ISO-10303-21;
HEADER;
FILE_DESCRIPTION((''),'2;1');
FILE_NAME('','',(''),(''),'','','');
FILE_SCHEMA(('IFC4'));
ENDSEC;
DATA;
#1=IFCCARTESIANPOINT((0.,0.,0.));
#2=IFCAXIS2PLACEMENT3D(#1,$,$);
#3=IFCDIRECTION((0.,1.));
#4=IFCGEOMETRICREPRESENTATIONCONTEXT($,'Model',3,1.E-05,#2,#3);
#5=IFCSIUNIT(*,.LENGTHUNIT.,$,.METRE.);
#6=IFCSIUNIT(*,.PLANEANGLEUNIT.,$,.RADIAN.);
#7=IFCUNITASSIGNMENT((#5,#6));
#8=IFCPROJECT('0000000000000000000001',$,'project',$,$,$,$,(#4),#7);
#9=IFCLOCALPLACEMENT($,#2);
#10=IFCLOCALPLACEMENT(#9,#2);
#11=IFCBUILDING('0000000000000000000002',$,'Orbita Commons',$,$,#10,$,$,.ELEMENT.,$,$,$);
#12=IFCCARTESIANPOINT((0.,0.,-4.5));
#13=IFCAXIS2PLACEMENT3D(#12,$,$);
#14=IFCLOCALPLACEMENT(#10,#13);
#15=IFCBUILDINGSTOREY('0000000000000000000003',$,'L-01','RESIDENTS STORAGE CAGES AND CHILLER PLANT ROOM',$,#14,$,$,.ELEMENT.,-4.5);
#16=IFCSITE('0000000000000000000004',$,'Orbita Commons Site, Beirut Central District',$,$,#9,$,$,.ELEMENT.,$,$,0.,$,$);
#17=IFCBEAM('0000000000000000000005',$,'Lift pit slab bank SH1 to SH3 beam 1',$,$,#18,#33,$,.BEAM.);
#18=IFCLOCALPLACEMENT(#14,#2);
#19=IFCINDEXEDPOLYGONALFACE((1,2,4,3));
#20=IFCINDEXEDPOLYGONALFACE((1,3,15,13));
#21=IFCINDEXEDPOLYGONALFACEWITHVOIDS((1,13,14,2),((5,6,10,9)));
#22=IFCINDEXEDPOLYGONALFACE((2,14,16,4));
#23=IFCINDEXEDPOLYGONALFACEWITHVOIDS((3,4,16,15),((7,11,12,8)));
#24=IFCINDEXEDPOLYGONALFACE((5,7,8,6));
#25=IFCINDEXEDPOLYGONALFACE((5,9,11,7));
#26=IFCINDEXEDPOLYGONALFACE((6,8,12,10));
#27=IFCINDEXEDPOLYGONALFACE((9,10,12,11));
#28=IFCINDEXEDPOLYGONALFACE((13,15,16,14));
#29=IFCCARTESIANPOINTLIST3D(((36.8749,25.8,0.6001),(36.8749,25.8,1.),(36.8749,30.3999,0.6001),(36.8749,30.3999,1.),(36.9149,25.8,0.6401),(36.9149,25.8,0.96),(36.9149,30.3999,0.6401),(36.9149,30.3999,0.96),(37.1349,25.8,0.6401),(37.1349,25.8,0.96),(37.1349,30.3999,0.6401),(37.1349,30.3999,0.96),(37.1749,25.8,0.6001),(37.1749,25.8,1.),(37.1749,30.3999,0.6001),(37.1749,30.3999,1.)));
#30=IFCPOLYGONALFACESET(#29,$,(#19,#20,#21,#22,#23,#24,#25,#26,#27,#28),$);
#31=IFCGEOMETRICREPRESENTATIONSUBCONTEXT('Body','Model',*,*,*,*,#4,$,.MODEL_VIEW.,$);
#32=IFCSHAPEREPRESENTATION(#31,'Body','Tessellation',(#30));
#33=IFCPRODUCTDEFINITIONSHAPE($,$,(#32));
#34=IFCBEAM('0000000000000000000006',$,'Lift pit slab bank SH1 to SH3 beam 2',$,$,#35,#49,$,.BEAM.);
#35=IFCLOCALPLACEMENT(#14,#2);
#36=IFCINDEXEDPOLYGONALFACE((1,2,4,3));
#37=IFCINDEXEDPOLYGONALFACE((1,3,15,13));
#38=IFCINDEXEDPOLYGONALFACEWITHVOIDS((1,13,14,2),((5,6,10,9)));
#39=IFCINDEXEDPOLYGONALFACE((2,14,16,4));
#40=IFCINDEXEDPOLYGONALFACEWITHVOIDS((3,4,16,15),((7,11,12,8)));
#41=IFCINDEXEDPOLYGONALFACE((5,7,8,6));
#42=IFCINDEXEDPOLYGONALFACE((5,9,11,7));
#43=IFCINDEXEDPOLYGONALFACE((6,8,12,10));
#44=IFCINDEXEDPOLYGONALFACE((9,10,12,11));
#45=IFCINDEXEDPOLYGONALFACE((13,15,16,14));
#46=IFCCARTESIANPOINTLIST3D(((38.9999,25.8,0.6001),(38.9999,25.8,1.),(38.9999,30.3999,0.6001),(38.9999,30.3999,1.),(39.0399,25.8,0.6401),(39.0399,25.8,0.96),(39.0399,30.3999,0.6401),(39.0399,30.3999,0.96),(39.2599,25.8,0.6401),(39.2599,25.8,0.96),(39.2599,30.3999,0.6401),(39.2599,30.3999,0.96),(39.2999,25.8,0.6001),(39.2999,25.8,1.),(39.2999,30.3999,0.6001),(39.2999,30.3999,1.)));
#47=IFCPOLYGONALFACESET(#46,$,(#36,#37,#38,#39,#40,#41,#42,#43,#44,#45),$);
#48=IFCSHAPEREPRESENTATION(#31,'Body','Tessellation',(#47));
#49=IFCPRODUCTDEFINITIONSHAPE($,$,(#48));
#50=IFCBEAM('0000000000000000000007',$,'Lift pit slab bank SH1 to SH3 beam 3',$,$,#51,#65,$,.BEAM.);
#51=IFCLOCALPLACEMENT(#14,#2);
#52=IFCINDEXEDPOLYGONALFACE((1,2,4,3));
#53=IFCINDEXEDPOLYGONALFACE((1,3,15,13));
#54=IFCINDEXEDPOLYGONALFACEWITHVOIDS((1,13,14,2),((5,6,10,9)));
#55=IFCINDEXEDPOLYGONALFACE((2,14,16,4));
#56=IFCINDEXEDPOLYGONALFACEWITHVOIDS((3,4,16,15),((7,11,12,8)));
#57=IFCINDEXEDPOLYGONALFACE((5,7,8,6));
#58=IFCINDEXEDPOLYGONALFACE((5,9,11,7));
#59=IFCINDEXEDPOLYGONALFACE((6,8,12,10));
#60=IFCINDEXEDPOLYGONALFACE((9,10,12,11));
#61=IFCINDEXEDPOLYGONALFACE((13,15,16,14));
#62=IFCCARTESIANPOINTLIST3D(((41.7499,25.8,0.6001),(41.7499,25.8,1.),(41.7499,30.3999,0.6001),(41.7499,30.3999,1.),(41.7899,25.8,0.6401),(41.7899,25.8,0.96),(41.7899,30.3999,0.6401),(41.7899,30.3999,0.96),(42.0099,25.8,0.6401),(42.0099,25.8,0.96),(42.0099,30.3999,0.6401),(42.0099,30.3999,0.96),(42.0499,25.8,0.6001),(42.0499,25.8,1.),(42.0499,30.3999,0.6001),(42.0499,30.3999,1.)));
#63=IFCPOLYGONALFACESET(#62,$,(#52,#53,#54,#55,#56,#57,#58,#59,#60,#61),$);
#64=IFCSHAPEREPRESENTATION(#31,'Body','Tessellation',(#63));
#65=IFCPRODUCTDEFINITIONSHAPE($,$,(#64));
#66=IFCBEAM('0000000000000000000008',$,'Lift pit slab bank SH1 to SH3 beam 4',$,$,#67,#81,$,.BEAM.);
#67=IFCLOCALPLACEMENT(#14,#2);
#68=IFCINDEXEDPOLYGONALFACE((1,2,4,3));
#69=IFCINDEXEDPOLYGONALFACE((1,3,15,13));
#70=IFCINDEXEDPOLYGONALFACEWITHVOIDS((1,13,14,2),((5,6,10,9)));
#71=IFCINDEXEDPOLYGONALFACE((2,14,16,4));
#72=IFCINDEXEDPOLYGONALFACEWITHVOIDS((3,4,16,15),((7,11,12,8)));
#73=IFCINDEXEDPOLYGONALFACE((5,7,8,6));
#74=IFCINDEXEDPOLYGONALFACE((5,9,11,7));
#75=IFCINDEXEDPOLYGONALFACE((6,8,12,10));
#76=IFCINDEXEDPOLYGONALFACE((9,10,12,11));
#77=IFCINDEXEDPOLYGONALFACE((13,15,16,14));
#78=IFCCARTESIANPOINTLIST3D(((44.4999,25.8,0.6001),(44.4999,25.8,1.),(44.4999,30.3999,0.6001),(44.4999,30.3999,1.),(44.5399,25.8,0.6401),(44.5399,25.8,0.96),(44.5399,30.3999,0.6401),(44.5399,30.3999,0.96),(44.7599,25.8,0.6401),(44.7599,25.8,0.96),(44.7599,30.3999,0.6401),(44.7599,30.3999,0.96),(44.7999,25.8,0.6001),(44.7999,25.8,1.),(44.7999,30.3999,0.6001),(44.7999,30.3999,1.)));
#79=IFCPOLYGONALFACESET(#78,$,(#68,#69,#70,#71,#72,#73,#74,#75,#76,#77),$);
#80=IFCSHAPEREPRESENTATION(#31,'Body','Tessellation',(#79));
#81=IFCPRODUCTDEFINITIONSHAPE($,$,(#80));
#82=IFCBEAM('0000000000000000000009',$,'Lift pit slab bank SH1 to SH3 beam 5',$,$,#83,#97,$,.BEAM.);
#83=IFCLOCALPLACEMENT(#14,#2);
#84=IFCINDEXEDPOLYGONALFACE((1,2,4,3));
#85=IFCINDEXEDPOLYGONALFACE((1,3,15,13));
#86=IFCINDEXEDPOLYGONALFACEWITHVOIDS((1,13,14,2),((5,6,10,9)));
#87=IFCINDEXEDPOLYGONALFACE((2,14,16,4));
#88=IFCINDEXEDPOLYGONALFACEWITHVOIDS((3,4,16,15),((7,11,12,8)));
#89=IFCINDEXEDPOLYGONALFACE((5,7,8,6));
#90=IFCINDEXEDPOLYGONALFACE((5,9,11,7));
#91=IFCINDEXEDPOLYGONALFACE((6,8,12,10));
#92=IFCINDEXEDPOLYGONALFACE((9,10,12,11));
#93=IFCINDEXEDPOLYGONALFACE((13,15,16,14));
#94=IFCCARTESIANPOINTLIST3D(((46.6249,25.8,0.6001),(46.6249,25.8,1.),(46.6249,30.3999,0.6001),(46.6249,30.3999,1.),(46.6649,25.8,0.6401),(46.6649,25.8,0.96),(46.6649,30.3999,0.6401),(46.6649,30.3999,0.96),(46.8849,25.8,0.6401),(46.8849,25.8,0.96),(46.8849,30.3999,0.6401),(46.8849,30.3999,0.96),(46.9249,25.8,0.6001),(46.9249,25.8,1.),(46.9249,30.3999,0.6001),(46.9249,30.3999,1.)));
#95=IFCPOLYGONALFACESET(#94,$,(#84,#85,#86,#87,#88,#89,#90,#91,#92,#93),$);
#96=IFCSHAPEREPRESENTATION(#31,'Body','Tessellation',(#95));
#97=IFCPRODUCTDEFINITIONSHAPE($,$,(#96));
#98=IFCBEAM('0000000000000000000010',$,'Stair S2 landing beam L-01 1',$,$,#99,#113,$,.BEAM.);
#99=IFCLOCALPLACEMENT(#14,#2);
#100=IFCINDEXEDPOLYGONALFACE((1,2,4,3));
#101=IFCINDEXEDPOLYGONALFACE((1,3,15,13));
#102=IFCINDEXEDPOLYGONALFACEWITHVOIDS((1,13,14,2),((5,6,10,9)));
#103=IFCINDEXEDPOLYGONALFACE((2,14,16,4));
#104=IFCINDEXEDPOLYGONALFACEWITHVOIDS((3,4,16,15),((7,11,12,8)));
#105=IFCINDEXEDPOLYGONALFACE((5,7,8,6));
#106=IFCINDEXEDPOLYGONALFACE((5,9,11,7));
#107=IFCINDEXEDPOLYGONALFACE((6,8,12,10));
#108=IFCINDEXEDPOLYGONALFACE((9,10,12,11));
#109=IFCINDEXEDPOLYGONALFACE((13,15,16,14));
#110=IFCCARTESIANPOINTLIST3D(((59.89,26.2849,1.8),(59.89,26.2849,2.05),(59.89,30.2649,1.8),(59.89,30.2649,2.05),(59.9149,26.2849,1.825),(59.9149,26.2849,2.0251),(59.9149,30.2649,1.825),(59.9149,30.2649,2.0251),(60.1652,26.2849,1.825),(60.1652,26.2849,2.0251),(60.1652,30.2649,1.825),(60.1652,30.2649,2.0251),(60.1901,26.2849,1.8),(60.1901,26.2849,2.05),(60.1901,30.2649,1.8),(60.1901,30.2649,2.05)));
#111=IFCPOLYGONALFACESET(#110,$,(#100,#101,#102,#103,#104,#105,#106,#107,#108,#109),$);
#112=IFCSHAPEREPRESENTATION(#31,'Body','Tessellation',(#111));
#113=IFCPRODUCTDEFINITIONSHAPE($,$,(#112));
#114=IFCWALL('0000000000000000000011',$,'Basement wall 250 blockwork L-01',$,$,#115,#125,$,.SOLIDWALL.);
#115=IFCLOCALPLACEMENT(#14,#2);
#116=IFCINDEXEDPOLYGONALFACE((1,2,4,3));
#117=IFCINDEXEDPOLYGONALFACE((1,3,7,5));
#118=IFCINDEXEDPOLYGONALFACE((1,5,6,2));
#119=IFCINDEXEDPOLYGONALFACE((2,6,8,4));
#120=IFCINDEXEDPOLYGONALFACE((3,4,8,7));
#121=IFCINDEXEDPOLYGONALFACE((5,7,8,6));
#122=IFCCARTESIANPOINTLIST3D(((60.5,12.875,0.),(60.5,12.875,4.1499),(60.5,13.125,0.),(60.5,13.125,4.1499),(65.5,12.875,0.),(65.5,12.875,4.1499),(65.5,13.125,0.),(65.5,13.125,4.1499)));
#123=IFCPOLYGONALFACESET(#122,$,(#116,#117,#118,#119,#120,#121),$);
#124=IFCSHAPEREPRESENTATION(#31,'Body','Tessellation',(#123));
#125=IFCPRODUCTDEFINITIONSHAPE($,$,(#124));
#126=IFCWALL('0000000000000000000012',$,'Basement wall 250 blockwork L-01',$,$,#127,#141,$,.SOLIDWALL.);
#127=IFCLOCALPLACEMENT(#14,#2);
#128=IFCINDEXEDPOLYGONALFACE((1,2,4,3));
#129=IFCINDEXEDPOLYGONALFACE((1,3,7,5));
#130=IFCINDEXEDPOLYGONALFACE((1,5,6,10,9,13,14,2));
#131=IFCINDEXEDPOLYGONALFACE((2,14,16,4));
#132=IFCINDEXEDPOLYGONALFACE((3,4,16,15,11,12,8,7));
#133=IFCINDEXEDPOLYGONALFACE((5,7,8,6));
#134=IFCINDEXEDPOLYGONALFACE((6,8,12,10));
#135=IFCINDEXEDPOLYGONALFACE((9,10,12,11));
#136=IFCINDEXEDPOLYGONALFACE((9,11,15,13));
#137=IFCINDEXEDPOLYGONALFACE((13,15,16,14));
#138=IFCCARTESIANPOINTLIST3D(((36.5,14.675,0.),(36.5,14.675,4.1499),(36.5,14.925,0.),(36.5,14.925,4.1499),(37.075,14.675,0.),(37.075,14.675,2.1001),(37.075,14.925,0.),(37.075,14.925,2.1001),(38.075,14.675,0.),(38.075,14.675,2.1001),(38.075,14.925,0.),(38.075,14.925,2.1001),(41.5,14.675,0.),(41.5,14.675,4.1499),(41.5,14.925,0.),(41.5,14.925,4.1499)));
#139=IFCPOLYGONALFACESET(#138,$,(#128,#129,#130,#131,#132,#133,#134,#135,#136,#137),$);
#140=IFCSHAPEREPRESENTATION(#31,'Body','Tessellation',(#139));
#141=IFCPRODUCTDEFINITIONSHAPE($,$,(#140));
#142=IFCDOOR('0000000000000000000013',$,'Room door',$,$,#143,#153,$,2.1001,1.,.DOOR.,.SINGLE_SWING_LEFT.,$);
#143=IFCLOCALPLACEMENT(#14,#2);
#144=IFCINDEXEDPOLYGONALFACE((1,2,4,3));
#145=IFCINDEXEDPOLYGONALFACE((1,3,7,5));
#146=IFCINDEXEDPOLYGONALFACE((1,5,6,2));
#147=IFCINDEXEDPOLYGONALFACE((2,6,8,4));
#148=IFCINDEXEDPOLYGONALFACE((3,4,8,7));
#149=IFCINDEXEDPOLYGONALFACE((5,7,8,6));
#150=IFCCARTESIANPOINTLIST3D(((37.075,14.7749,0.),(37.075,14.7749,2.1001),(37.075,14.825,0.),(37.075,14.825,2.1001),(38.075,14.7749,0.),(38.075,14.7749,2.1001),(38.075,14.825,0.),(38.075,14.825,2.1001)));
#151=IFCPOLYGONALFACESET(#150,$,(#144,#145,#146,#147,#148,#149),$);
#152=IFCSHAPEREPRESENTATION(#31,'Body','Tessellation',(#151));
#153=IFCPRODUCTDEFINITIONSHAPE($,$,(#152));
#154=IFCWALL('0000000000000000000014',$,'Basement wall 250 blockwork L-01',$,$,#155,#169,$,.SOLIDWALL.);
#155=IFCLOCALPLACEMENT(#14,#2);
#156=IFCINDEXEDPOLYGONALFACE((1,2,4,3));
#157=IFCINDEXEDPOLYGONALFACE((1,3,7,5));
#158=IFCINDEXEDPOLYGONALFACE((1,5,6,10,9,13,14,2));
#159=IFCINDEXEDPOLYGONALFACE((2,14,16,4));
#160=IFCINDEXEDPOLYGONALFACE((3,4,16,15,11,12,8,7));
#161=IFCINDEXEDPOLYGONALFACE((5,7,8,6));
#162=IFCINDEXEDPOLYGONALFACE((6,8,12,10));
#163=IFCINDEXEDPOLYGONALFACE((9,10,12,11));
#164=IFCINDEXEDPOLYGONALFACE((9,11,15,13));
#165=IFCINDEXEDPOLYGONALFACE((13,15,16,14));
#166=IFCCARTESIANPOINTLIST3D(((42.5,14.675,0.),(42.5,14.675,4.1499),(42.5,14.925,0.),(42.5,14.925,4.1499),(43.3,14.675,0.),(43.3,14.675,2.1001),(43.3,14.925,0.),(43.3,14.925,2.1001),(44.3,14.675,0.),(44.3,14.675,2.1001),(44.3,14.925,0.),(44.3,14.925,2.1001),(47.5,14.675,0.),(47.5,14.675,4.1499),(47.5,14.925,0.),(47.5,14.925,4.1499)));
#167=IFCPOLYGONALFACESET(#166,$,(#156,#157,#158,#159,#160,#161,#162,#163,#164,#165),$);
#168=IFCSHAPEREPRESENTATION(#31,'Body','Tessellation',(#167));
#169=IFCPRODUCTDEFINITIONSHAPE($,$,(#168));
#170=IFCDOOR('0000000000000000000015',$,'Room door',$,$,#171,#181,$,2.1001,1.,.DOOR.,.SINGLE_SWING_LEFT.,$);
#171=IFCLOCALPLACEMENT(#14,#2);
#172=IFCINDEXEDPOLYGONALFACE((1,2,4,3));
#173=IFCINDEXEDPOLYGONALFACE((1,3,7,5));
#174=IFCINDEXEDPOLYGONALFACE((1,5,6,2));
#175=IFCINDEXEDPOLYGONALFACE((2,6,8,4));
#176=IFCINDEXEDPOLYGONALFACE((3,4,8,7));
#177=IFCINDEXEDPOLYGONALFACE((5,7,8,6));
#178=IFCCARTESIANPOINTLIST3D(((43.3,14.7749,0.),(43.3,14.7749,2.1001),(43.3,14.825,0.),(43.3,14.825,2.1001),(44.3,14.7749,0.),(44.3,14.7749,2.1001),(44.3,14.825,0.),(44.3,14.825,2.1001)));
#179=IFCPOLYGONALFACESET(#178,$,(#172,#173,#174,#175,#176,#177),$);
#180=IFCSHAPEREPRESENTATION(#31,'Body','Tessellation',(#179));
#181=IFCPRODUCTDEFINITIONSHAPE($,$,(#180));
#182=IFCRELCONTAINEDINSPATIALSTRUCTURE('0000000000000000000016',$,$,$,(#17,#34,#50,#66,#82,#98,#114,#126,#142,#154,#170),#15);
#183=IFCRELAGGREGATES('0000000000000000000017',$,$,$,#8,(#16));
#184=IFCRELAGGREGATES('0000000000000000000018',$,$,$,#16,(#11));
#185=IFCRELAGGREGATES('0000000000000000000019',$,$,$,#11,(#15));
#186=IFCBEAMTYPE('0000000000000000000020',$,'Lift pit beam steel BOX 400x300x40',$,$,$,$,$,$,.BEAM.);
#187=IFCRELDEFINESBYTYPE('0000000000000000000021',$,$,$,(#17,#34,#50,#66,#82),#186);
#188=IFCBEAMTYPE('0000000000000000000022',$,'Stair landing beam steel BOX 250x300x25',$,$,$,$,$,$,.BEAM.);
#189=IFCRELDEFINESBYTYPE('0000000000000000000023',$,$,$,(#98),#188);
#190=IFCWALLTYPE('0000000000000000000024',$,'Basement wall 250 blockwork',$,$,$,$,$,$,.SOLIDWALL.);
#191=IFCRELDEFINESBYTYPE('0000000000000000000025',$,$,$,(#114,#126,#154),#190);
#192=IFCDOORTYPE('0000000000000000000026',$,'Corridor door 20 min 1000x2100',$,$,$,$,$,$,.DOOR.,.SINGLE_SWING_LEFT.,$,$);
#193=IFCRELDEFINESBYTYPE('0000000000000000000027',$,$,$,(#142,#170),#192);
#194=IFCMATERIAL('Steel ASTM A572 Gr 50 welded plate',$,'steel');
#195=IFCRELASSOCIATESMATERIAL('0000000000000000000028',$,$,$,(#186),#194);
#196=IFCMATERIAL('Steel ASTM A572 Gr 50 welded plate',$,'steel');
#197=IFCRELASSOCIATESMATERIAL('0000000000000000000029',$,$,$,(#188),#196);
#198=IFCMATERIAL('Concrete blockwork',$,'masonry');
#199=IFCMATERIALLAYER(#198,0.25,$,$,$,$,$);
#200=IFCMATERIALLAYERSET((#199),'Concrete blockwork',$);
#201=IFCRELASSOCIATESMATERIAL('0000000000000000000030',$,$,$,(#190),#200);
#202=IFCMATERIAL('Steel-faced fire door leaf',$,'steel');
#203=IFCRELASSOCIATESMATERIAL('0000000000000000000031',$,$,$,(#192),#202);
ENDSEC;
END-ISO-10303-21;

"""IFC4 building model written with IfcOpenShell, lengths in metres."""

from ifc_helpers import new_model, si_unit, direction, frame, frame_2d, origin, origin_2d, place, context, subcontext, project, spatial, rectangle, hollow_rectangle, extrude, material, layer, layer_set, material_profile, profile_set, type_object, element, fill, save


model = new_model("IFC4")

# Units and contexts
model_context = context("Model", 3, precision=1e-05, world=origin(), true_north=direction((0.0, 1.0)))
body_context = subcontext(model_context, "Body", "Model", "MODEL_VIEW")
ifc_project = project(units=[si_unit("LENGTHUNIT", "METRE"), si_unit("PLANEANGLEUNIT", "RADIAN")], contexts=[model_context])

# Site, building, storey
site_placement = place(None, origin())
site = spatial("IfcSite", under=ifc_project, at=site_placement, Name="Orbita Commons Site, Beirut Central District", CompositionType="ELEMENT", RefElevation=0.0)
building_placement = place(site_placement, origin())
building = spatial("IfcBuilding", under=site, at=building_placement, Name="Orbita Commons", CompositionType="ELEMENT")
storey_placement = place(building_placement, frame((0.0, 0.0, -4.5)))
storey = spatial("IfcBuildingStorey", under=building, at=storey_placement, Name="L-01", Description="RESIDENTS STORAGE CAGES AND CHILLER PLANT ROOM", CompositionType="ELEMENT", Elevation=-4.5)

# Beams
ifc_material_1 = material(Name="Steel ASTM A572 Gr 50 welded plate", Category="steel")
ifc_material_profile_1 = material_profile(ifc_material_1, hollow_rectangle(XDim=0.3, YDim=0.3999, WallThickness=0.04, at=origin_2d()), Name="BOX 400x300x40")
ifc_profile_set_1 = profile_set([ifc_material_profile_1], Name="Steel ASTM A572 Gr 50 welded plate")
beam_type_1 = type_object("IfcBeamType", Name="Lift pit beam steel BOX 400x300x40", PredefinedType="BEAM", material=ifc_profile_set_1)
for number, where, z_axis, x_axis, name in (
    (1, (37.0249, 25.8, 0.8), (0.0, 1.0, 0.0), (-1.0, 0.0, 0.0), "Lift pit slab bank SH1 to SH3 beam 1"),
    (2, (39.1499, 25.8, 0.8), (0.0, 1.0, 0.0), (-1.0, 0.0, 0.0), "Lift pit slab bank SH1 to SH3 beam 2"),
    (3, (41.8999, 25.8, 0.8), (0.0, 1.0, 0.0), (-1.0, 0.0, 0.0), "Lift pit slab bank SH1 to SH3 beam 3"),
    (4, (44.6499, 25.8, 0.8), (0.0, 1.0, 0.0), (-1.0, 0.0, 0.0), "Lift pit slab bank SH1 to SH3 beam 4"),
    (5, (46.7749, 25.8, 0.8), (0.0, 1.0, 0.0), (-1.0, 0.0, 0.0), "Lift pit slab bank SH1 to SH3 beam 5"),
):
    element("IfcBeam", number, at=place(storey_placement, frame(where, z_axis=z_axis, x_axis=x_axis)), inside=storey, type_object=beam_type_1, Name=name, PredefinedType="BEAM", context=body_context, shape_type="SweptSolid", body=[
        extrude(hollow_rectangle(XDim=0.3, YDim=0.3999, WallThickness=0.04, at=origin_2d()), origin(), (0.0, 0.0, 1.0), 4.5999),
    ])
ifc_material_2 = material(Name="Steel ASTM A572 Gr 50 welded plate", Category="steel")
ifc_material_profile_2 = material_profile(ifc_material_2, hollow_rectangle(XDim=0.3, YDim=0.25, WallThickness=0.0249, at=origin_2d()), Name="BOX 250x300x25")
ifc_profile_set_2 = profile_set([ifc_material_profile_2], Name="Steel ASTM A572 Gr 50 welded plate")
beam_type_2 = type_object("IfcBeamType", Name="Stair landing beam steel BOX 250x300x25", PredefinedType="BEAM", material=ifc_profile_set_2)
beam_placement = place(storey_placement, frame((60.04, 26.2849, 1.925), z_axis=(0.0, 1.0, 0.0), x_axis=(-1.0, 0.0, 0.0)))
element("IfcBeam", 6, at=beam_placement, inside=storey, type_object=beam_type_2, Name="Stair S2 landing beam L-01 1", PredefinedType="BEAM", context=body_context, shape_type="SweptSolid", body=[
    extrude(hollow_rectangle(XDim=0.3, YDim=0.25, WallThickness=0.0249, at=origin_2d()), origin(), (0.0, 0.0, 1.0), 3.98),
])

# Wall
ifc_material_3 = material(Name="Concrete blockwork", Category="masonry")
ifc_layer_1 = layer(ifc_material_3, 0.25)
ifc_layer_set_1 = layer_set([ifc_layer_1], Name="Concrete blockwork")
wall_type_1 = type_object("IfcWallType", Name="Basement wall 250 blockwork", PredefinedType="SOLIDWALL", material=ifc_layer_set_1)
wall_1_placement = place(storey_placement, frame((60.5, 13.0, 0.0), z_axis=(0.0, 0.0, 1.0), x_axis=(1.0, 0.0, 0.0)))
element("IfcWall", 7, at=wall_1_placement, inside=storey, type_object=wall_type_1, Name="Basement wall 250 blockwork L-01", PredefinedType="SOLIDWALL", context=body_context, shape_type="SweptSolid", body=[
    extrude(rectangle(XDim=5.0, YDim=0.25, at=frame_2d((2.5, 0.0))), origin(), (0.0, 0.0, 1.0), 4.1499),
])

# Walls, openings, doors
wall_2_placement = place(storey_placement, frame((36.5, 14.8, 0.0), z_axis=(0.0, 0.0, 1.0), x_axis=(1.0, 0.0, 0.0)))
wall_2 = element("IfcWall", 8, at=wall_2_placement, inside=storey, type_object=wall_type_1, Name="Basement wall 250 blockwork L-01", PredefinedType="SOLIDWALL", context=body_context, shape_type="SweptSolid", body=[
    extrude(rectangle(XDim=5.0, YDim=0.25, at=frame_2d((2.5, 0.0))), origin(), (0.0, 0.0, 1.0), 4.1499),
])
opening_1_placement = place(wall_2_placement, frame((0.575, 0.0, 0.0)))
opening_1 = element("IfcOpeningElement", 9, at=opening_1_placement, cuts=wall_2, PredefinedType="OPENING", context=body_context, shape_type="SweptSolid", body=[
    extrude(rectangle(XDim=1.0, YDim=2.1001, at=frame_2d((0.5, 1.05))), frame((0.0, 0.135, 0.0), z_axis=(0.0, -1.0, 0.0), x_axis=(1.0, 0.0, 0.0)), (0.0, 0.0, 1.0), 0.27),
])
ifc_material_4 = material(Name="Steel-faced fire door leaf", Category="steel")
door_type = type_object("IfcDoorType", Name="Corridor door 20 min 1000x2100", OperationType="SINGLE_SWING_LEFT", PredefinedType="DOOR", material=ifc_material_4)
door_1_placement = place(opening_1_placement, origin())
door_1 = element("IfcDoor", 10, at=door_1_placement, inside=storey, type_object=door_type, Name="Room door", OperationType="SINGLE_SWING_LEFT", OverallHeight=2.1001, OverallWidth=1.0, PredefinedType="DOOR", context=body_context, shape_type="SweptSolid", body=[
    extrude(rectangle(XDim=1.0, YDim=2.1001, at=frame_2d((0.5, 1.05))), frame((0.0, 0.0249, 0.0), z_axis=(0.0, -1.0, 0.0), x_axis=(1.0, 0.0, 0.0)), (0.0, 0.0, 1.0), 0.05),
])
fill(opening_1, door_1)
wall_3_placement = place(storey_placement, frame((42.5, 14.8, 0.0), z_axis=(0.0, 0.0, 1.0), x_axis=(1.0, 0.0, 0.0)))
wall_3 = element("IfcWall", 11, at=wall_3_placement, inside=storey, type_object=wall_type_1, Name="Basement wall 250 blockwork L-01", PredefinedType="SOLIDWALL", context=body_context, shape_type="SweptSolid", body=[
    extrude(rectangle(XDim=5.0, YDim=0.25, at=frame_2d((2.5, 0.0))), origin(), (0.0, 0.0, 1.0), 4.1499),
])
opening_2_placement = place(wall_3_placement, frame((0.8, 0.0, 0.0)))
opening_2 = element("IfcOpeningElement", 12, at=opening_2_placement, cuts=wall_3, PredefinedType="OPENING", context=body_context, shape_type="SweptSolid", body=[
    extrude(rectangle(XDim=1.0, YDim=2.1001, at=frame_2d((0.5, 1.05))), frame((0.0, 0.135, 0.0), z_axis=(0.0, -1.0, 0.0), x_axis=(1.0, 0.0, 0.0)), (0.0, 0.0, 1.0), 0.27),
])
door_2_placement = place(opening_2_placement, origin())
door_2 = element("IfcDoor", 13, at=door_2_placement, inside=storey, type_object=door_type, Name="Room door", OperationType="SINGLE_SWING_LEFT", OverallHeight=2.1001, OverallWidth=1.0, PredefinedType="DOOR", context=body_context, shape_type="SweptSolid", body=[
    extrude(rectangle(XDim=1.0, YDim=2.1001, at=frame_2d((0.5, 1.05))), frame((0.0, 0.0249, 0.0), z_axis=(0.0, -1.0, 0.0), x_axis=(1.0, 0.0, 0.0)), (0.0, 0.0, 1.0), 0.05),
])
fill(opening_2, door_2)

save(model, "model.ifc")
